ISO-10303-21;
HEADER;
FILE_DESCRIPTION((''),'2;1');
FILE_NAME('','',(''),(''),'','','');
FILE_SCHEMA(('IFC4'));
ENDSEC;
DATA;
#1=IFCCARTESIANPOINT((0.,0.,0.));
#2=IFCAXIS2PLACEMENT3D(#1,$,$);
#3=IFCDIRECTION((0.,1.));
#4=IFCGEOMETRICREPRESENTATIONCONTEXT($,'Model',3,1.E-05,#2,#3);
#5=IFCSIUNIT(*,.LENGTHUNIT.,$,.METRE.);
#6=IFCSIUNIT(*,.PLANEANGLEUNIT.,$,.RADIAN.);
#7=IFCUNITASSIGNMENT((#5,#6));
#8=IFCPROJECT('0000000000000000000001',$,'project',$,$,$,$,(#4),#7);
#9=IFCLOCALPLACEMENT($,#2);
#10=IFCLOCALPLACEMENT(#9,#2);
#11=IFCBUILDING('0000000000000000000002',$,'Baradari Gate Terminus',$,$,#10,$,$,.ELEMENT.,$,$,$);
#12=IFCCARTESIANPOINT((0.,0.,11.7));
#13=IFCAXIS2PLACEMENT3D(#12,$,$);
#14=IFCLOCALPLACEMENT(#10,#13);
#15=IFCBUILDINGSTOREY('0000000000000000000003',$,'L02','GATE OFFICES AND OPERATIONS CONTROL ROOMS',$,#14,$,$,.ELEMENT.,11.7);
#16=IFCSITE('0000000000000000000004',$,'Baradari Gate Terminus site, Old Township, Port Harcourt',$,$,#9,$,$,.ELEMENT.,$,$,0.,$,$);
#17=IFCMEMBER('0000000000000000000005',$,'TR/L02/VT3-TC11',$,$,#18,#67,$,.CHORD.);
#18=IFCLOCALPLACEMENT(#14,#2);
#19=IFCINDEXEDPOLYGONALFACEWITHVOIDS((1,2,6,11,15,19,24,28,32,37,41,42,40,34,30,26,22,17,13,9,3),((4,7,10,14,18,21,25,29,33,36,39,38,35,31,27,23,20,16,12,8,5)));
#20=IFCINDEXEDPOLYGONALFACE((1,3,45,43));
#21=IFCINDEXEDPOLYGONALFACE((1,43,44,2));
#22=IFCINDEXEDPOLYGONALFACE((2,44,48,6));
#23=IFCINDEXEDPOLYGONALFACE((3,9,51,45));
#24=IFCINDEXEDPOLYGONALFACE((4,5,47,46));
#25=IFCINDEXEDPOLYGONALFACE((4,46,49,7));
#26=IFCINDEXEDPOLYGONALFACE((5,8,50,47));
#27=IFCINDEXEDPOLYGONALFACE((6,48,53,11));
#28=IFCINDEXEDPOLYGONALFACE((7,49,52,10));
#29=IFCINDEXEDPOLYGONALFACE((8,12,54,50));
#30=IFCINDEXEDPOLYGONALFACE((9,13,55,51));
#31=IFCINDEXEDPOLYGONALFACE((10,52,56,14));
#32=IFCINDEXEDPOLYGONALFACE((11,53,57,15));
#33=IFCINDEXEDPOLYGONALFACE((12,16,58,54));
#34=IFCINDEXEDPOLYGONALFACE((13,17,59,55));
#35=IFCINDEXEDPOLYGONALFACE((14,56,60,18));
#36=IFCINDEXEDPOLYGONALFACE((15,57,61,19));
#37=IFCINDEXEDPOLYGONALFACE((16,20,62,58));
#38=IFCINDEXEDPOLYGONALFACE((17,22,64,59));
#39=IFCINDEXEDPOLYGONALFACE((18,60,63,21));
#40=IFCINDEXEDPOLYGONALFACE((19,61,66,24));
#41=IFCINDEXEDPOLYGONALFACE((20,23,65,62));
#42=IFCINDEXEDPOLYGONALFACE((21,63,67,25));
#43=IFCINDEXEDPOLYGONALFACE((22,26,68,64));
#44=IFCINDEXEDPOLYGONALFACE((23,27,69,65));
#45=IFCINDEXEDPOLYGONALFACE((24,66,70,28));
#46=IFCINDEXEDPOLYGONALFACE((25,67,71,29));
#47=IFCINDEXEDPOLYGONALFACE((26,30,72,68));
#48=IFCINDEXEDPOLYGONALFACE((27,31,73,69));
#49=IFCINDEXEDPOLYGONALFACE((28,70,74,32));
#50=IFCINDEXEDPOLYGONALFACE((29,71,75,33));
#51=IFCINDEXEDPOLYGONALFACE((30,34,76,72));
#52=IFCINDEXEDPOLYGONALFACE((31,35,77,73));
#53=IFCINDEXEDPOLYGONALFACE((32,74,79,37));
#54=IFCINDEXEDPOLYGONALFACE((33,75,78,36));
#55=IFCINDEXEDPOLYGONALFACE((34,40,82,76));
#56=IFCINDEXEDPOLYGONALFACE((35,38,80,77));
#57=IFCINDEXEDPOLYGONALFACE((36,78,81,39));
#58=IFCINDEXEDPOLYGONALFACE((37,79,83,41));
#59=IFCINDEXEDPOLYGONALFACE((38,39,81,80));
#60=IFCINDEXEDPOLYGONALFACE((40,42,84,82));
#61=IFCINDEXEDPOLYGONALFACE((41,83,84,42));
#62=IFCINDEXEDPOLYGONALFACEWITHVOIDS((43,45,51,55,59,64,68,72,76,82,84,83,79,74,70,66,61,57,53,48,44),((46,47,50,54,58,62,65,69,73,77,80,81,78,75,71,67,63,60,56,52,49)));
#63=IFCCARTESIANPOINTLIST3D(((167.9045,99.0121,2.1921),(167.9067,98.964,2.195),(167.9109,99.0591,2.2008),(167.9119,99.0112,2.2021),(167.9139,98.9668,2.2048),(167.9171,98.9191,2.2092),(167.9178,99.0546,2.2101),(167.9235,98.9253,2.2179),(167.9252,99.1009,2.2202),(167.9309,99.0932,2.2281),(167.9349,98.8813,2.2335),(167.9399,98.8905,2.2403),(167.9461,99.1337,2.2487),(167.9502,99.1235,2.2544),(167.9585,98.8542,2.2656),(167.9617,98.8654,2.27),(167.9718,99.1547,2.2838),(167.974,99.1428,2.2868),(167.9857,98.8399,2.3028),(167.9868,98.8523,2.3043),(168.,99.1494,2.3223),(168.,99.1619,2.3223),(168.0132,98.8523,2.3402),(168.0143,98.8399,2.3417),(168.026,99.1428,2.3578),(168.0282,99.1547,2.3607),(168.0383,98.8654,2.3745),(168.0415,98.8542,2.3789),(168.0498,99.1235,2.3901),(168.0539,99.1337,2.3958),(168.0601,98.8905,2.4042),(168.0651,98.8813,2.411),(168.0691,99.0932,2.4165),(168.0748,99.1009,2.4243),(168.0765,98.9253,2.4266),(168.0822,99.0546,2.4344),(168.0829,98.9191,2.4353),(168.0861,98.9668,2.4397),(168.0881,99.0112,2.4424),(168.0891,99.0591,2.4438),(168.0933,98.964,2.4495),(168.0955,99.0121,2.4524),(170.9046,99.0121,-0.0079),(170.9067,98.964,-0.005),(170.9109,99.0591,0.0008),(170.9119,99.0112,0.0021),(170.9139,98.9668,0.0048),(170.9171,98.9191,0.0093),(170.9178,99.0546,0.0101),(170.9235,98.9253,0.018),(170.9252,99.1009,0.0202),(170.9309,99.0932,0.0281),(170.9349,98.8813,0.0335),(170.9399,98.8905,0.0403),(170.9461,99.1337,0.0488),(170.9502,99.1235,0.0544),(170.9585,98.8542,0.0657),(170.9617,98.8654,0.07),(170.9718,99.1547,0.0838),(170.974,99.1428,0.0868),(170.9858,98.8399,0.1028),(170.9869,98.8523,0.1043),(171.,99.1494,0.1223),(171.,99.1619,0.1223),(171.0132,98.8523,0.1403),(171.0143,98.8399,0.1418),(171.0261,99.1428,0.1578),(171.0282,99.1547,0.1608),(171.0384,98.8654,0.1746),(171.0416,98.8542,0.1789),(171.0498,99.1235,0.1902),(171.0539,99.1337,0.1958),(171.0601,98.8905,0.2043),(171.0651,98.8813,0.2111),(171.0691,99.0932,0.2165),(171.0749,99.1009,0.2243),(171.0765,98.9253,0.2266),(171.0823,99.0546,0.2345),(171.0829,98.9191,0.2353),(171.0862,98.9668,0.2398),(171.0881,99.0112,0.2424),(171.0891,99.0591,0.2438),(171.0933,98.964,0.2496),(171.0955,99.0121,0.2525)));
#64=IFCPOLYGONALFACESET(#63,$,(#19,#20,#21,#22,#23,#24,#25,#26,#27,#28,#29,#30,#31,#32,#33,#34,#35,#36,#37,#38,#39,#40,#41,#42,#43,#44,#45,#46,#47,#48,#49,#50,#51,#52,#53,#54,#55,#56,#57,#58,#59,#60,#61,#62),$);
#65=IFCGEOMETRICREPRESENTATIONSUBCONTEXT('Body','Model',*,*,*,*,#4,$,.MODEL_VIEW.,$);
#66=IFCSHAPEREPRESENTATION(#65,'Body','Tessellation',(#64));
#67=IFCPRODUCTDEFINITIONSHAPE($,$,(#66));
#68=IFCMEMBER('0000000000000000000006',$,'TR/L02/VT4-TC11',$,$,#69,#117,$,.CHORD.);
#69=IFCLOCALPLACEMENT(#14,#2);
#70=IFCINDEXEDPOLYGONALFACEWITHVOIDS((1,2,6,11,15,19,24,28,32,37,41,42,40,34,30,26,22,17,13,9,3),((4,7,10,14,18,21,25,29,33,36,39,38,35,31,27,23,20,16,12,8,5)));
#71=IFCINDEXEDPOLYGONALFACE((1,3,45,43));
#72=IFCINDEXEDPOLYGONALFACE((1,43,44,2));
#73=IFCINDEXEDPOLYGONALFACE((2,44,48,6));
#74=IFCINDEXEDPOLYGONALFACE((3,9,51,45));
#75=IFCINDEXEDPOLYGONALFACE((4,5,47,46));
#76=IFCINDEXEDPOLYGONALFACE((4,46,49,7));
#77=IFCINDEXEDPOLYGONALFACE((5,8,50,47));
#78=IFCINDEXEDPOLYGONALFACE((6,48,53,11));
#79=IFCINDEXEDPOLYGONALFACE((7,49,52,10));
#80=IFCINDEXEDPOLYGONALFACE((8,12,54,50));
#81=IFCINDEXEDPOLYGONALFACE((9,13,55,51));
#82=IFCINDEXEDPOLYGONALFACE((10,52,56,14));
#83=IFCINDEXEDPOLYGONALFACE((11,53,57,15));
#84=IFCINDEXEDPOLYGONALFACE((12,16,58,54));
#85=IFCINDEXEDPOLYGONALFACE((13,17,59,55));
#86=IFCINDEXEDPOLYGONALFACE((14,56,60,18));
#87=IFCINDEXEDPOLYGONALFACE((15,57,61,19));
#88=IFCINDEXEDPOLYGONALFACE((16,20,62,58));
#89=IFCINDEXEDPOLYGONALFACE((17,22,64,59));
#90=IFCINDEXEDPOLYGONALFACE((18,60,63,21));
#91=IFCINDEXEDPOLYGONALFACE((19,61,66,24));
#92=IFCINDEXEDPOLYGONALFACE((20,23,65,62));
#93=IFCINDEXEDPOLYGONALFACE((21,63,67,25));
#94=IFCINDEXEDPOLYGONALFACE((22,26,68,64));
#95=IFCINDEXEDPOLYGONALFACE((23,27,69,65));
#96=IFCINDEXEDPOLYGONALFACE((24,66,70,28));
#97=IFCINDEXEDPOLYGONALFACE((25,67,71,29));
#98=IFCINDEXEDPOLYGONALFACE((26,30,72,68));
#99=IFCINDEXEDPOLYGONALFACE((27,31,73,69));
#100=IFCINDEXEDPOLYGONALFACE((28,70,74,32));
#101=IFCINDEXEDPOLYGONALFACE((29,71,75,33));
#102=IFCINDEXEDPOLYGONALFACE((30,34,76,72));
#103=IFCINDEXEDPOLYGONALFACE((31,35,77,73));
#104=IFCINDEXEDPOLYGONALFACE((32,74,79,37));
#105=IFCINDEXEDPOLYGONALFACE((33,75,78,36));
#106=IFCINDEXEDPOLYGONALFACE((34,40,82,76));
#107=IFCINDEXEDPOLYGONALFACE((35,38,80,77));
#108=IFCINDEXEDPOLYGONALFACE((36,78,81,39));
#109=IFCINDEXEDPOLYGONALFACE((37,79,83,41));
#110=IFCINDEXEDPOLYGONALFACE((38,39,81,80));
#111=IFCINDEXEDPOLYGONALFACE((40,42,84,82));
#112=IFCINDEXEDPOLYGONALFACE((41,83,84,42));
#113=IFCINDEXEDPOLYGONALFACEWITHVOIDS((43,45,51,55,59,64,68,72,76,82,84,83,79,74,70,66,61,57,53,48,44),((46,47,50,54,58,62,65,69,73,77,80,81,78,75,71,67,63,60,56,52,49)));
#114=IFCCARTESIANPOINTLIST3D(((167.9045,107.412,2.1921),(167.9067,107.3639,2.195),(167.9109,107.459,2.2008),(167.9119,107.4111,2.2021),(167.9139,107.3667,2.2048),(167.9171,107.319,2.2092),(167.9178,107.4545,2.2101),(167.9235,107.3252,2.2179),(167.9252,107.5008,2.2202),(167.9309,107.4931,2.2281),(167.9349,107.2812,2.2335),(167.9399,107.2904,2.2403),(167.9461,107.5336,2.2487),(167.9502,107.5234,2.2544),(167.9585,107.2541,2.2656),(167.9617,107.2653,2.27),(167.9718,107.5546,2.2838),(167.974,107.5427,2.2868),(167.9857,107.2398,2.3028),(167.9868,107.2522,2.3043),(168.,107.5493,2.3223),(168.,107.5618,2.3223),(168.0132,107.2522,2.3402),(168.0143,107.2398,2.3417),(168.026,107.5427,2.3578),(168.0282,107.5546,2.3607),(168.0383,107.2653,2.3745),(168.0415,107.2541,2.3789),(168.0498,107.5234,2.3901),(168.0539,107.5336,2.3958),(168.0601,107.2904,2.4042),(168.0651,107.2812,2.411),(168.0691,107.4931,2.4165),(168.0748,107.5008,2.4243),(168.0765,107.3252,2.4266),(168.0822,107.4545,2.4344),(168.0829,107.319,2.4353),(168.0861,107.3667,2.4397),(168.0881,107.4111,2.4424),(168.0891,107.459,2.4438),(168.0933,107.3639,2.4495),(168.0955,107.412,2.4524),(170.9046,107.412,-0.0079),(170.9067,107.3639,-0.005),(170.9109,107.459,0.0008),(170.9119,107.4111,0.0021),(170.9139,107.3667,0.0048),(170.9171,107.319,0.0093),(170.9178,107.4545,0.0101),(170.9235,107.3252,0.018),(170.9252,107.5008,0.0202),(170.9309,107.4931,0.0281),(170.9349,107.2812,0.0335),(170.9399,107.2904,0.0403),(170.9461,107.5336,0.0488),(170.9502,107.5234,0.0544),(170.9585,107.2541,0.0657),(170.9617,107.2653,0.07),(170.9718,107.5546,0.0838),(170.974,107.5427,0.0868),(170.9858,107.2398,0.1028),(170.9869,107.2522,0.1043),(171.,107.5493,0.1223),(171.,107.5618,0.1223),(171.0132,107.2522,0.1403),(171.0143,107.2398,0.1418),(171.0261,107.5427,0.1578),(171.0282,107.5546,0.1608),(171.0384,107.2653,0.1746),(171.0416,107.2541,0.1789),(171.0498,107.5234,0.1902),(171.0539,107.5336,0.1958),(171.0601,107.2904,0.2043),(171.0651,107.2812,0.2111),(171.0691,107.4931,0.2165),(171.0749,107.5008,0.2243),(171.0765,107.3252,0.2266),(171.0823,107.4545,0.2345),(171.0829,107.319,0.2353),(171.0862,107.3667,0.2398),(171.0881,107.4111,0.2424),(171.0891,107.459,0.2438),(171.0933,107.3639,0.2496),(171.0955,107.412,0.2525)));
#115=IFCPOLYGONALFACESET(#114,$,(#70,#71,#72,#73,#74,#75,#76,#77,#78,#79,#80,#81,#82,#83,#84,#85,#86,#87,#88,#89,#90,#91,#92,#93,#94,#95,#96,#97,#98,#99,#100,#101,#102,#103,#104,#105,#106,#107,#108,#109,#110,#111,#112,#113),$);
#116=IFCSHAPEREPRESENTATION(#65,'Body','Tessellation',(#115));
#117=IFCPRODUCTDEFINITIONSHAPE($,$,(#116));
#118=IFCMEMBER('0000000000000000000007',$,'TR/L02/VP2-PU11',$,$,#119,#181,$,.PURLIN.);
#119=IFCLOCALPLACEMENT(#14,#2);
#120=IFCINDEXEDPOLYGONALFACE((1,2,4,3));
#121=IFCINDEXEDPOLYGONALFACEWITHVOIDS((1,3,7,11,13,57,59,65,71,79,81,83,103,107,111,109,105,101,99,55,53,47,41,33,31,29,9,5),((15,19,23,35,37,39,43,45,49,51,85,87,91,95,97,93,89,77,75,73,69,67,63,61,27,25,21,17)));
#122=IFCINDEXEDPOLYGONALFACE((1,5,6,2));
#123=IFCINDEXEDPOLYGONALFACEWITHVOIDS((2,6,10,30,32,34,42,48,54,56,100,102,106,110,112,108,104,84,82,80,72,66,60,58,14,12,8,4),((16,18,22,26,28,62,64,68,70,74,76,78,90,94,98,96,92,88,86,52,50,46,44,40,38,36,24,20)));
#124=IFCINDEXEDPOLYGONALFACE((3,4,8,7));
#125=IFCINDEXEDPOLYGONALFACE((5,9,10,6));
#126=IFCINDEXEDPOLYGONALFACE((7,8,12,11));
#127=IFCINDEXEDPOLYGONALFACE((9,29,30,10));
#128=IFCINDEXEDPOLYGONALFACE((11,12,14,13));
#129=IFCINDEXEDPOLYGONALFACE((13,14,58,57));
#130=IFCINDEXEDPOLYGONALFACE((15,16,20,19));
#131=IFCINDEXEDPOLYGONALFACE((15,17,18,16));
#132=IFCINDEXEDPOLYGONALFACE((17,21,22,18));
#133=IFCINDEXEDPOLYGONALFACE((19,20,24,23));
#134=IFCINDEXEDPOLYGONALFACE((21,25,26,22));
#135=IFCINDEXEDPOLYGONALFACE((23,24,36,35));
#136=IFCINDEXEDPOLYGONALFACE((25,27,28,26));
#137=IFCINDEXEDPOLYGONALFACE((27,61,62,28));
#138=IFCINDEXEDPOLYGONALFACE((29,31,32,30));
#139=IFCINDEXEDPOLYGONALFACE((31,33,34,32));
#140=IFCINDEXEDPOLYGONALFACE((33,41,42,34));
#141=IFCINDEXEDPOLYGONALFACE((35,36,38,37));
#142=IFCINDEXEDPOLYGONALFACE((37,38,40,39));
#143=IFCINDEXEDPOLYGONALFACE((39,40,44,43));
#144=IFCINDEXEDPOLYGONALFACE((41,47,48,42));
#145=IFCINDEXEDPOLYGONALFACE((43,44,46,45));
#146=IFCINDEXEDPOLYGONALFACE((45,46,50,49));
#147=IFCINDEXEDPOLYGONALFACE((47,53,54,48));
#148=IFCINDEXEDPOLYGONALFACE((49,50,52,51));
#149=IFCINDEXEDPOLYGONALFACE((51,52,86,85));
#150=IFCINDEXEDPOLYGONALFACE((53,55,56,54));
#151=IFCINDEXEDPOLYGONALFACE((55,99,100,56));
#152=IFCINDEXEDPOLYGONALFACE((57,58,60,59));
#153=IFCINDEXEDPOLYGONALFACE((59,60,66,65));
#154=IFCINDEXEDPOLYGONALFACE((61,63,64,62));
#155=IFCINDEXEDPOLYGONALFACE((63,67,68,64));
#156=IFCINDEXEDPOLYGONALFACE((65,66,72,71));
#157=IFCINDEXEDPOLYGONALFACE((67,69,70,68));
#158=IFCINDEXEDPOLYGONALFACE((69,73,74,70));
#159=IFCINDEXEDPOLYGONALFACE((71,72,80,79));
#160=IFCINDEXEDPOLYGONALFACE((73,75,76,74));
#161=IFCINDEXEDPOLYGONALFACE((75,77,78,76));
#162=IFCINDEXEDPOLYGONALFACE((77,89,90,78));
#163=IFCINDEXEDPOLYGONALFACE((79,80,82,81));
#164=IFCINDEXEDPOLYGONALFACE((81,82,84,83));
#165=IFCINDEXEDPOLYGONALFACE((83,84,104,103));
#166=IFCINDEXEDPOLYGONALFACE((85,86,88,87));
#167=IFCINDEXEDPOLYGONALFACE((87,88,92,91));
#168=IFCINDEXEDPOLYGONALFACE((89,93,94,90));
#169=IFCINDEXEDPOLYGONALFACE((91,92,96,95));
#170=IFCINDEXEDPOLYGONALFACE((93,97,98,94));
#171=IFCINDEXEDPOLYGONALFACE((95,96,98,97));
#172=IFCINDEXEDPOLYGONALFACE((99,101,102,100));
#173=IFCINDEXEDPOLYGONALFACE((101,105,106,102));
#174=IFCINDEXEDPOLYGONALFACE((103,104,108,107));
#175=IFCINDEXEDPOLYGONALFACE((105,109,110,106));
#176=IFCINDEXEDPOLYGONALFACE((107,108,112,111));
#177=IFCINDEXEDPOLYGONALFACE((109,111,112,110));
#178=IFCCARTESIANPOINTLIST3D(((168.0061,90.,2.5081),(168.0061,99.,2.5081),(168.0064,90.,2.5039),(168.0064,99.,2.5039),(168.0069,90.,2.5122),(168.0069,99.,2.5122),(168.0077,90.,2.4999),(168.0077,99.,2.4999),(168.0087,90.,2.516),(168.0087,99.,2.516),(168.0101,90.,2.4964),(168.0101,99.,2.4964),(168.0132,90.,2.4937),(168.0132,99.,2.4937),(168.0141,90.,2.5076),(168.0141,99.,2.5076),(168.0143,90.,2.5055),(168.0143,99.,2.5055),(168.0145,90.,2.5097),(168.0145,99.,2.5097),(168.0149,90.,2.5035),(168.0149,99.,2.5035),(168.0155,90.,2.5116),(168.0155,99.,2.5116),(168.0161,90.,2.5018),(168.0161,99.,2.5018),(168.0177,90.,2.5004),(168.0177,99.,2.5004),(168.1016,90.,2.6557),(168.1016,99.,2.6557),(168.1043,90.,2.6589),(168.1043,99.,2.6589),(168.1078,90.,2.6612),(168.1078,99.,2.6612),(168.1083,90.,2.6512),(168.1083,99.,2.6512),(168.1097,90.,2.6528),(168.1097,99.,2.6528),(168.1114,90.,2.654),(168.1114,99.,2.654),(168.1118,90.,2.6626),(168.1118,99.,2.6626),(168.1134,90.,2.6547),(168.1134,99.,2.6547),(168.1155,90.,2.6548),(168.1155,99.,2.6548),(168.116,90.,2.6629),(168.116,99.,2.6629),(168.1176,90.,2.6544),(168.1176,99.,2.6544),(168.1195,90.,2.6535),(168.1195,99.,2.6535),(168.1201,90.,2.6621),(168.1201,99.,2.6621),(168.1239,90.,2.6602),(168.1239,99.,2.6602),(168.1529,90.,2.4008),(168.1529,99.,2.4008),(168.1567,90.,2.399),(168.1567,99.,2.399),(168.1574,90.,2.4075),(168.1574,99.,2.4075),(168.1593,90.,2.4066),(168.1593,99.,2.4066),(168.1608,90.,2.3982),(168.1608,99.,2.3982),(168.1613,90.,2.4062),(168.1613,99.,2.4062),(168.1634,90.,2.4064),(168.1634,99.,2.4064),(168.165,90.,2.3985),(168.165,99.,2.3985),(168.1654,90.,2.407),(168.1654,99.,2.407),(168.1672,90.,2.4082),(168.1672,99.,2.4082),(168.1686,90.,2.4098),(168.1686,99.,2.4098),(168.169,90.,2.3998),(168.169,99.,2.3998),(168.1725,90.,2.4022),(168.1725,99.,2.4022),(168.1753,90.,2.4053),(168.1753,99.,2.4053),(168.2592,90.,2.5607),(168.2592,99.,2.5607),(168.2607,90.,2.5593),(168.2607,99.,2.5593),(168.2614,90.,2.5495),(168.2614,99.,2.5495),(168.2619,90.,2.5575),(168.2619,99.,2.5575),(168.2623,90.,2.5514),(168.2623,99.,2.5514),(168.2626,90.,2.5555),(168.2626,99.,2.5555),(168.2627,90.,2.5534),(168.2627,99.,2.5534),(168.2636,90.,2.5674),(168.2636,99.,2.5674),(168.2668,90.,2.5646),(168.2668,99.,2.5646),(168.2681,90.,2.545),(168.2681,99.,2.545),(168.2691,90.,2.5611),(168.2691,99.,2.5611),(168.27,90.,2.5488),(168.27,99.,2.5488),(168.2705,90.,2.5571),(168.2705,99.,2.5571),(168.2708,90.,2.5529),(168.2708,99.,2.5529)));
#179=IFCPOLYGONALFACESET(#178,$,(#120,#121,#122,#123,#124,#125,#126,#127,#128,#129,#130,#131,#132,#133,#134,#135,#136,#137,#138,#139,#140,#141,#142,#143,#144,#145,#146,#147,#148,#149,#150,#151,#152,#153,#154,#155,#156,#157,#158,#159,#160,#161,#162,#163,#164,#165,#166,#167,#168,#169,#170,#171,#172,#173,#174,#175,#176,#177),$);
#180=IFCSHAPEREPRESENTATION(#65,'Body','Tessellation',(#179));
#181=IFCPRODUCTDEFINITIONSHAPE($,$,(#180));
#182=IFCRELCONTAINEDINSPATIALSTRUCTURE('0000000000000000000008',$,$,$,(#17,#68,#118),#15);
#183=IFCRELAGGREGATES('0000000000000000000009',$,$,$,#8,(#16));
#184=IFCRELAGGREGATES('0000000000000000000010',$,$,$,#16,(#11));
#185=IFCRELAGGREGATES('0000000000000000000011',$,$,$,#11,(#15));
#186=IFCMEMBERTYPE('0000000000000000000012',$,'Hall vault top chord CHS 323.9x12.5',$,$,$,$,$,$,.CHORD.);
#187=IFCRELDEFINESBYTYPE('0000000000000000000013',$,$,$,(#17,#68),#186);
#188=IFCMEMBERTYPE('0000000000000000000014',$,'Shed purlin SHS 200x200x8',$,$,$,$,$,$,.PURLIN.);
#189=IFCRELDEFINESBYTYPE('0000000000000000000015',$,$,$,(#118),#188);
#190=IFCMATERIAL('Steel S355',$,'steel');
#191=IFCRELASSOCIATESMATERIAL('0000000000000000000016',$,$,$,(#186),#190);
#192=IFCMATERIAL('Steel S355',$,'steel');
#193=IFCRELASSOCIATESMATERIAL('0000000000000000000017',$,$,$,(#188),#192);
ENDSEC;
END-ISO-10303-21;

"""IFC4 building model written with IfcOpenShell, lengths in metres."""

from ifc_helpers import new_model, si_unit, direction, frame, origin, origin_2d, place, context, subcontext, project, spatial, hollow_rectangle, hollow_circle, extrude, material, material_profile, profile_set, type_object, element, save


model = new_model("IFC4")

# Units and contexts
model_context = context("Model", 3, precision=1e-05, world=origin(), true_north=direction((0.0, 1.0)))
body_context = subcontext(model_context, "Body", "Model", "MODEL_VIEW")
ifc_project = project(units=[si_unit("LENGTHUNIT", "METRE"), si_unit("PLANEANGLEUNIT", "RADIAN")], contexts=[model_context])

# Site, building, storey
site_placement = place(None, origin())
site = spatial("IfcSite", under=ifc_project, at=site_placement, Name="Baradari Gate Terminus site, Old Township, Port Harcourt", CompositionType="ELEMENT", RefElevation=0.0)
building_placement = place(site_placement, origin())
building = spatial("IfcBuilding", under=site, at=building_placement, Name="Baradari Gate Terminus", CompositionType="ELEMENT")
storey_placement = place(building_placement, frame((0.0, 0.0, 11.7)))
storey = spatial("IfcBuildingStorey", under=building, at=storey_placement, Name="L02", Description="GATE OFFICES AND OPERATIONS CONTROL ROOMS", CompositionType="ELEMENT", Elevation=11.7)

# Members
ifc_material_1 = material(Name="Steel S355", Category="steel")
ifc_material_profile_1 = material_profile(ifc_material_1, hollow_circle(Radius=0.1619, WallThickness=0.0125, at=origin_2d()), Name="CHS 323.9x12.5")
ifc_profile_set_1 = profile_set([ifc_material_profile_1], Name="Steel S355")
member_type_1 = type_object("IfcMemberType", Name="Hall vault top chord CHS 323.9x12.5", PredefinedType="CHORD", material=ifc_profile_set_1)
for number, where, z_axis, x_axis, name in (
    (1, (168.0, 99.0, 2.3223), (0.806411, 0.0, -0.591355), (0.0, 1.0, 0.0), "TR/L02/VT3-TC11"),
    (2, (168.0, 107.3999, 2.3223), (0.806411, 0.0, -0.591355), (0.0, 1.0, 0.0), "TR/L02/VT4-TC11"),
):
    element("IfcMember", number, at=place(storey_placement, frame(where, z_axis=z_axis, x_axis=x_axis)), inside=storey, type_object=member_type_1, Name=name, PredefinedType="CHORD", context=body_context, shape_type="SweptSolid", body=[
        extrude(hollow_circle(Radius=0.1619, WallThickness=0.0125, at=origin_2d()), origin(), (0.0, 0.0, 1.0), 3.7202),
    ])
ifc_material_2 = material(Name="Steel S355", Category="steel")
ifc_material_profile_2 = material_profile(ifc_material_2, hollow_rectangle(XDim=0.2, YDim=0.2, WallThickness=0.0081, InnerFilletRadius=0.0081, OuterFilletRadius=0.0161, at=origin_2d()), Name="SHS 200x200x8")
ifc_profile_set_2 = profile_set([ifc_material_profile_2], Name="Steel S355")
member_type_2 = type_object("IfcMemberType", Name="Shed purlin SHS 200x200x8", PredefinedType="PURLIN", material=ifc_profile_set_2)
member_1_placement = place(storey_placement, frame((168.1384, 90.0, 2.5305), z_axis=(0.0, 1.0, 0.0), x_axis=(-0.832836, 0.0, 0.553519)))
element("IfcMember", 3, at=member_1_placement, inside=storey, type_object=member_type_2, Name="TR/L02/VP2-PU11", PredefinedType="PURLIN", context=body_context, shape_type="SweptSolid", body=[
    extrude(hollow_rectangle(XDim=0.2, YDim=0.2, WallThickness=0.0081, InnerFilletRadius=0.0081, OuterFilletRadius=0.0161, at=origin_2d()), origin(), (0.0, 0.0, 1.0), 9.0),
])

save(model, "model.ifc")
